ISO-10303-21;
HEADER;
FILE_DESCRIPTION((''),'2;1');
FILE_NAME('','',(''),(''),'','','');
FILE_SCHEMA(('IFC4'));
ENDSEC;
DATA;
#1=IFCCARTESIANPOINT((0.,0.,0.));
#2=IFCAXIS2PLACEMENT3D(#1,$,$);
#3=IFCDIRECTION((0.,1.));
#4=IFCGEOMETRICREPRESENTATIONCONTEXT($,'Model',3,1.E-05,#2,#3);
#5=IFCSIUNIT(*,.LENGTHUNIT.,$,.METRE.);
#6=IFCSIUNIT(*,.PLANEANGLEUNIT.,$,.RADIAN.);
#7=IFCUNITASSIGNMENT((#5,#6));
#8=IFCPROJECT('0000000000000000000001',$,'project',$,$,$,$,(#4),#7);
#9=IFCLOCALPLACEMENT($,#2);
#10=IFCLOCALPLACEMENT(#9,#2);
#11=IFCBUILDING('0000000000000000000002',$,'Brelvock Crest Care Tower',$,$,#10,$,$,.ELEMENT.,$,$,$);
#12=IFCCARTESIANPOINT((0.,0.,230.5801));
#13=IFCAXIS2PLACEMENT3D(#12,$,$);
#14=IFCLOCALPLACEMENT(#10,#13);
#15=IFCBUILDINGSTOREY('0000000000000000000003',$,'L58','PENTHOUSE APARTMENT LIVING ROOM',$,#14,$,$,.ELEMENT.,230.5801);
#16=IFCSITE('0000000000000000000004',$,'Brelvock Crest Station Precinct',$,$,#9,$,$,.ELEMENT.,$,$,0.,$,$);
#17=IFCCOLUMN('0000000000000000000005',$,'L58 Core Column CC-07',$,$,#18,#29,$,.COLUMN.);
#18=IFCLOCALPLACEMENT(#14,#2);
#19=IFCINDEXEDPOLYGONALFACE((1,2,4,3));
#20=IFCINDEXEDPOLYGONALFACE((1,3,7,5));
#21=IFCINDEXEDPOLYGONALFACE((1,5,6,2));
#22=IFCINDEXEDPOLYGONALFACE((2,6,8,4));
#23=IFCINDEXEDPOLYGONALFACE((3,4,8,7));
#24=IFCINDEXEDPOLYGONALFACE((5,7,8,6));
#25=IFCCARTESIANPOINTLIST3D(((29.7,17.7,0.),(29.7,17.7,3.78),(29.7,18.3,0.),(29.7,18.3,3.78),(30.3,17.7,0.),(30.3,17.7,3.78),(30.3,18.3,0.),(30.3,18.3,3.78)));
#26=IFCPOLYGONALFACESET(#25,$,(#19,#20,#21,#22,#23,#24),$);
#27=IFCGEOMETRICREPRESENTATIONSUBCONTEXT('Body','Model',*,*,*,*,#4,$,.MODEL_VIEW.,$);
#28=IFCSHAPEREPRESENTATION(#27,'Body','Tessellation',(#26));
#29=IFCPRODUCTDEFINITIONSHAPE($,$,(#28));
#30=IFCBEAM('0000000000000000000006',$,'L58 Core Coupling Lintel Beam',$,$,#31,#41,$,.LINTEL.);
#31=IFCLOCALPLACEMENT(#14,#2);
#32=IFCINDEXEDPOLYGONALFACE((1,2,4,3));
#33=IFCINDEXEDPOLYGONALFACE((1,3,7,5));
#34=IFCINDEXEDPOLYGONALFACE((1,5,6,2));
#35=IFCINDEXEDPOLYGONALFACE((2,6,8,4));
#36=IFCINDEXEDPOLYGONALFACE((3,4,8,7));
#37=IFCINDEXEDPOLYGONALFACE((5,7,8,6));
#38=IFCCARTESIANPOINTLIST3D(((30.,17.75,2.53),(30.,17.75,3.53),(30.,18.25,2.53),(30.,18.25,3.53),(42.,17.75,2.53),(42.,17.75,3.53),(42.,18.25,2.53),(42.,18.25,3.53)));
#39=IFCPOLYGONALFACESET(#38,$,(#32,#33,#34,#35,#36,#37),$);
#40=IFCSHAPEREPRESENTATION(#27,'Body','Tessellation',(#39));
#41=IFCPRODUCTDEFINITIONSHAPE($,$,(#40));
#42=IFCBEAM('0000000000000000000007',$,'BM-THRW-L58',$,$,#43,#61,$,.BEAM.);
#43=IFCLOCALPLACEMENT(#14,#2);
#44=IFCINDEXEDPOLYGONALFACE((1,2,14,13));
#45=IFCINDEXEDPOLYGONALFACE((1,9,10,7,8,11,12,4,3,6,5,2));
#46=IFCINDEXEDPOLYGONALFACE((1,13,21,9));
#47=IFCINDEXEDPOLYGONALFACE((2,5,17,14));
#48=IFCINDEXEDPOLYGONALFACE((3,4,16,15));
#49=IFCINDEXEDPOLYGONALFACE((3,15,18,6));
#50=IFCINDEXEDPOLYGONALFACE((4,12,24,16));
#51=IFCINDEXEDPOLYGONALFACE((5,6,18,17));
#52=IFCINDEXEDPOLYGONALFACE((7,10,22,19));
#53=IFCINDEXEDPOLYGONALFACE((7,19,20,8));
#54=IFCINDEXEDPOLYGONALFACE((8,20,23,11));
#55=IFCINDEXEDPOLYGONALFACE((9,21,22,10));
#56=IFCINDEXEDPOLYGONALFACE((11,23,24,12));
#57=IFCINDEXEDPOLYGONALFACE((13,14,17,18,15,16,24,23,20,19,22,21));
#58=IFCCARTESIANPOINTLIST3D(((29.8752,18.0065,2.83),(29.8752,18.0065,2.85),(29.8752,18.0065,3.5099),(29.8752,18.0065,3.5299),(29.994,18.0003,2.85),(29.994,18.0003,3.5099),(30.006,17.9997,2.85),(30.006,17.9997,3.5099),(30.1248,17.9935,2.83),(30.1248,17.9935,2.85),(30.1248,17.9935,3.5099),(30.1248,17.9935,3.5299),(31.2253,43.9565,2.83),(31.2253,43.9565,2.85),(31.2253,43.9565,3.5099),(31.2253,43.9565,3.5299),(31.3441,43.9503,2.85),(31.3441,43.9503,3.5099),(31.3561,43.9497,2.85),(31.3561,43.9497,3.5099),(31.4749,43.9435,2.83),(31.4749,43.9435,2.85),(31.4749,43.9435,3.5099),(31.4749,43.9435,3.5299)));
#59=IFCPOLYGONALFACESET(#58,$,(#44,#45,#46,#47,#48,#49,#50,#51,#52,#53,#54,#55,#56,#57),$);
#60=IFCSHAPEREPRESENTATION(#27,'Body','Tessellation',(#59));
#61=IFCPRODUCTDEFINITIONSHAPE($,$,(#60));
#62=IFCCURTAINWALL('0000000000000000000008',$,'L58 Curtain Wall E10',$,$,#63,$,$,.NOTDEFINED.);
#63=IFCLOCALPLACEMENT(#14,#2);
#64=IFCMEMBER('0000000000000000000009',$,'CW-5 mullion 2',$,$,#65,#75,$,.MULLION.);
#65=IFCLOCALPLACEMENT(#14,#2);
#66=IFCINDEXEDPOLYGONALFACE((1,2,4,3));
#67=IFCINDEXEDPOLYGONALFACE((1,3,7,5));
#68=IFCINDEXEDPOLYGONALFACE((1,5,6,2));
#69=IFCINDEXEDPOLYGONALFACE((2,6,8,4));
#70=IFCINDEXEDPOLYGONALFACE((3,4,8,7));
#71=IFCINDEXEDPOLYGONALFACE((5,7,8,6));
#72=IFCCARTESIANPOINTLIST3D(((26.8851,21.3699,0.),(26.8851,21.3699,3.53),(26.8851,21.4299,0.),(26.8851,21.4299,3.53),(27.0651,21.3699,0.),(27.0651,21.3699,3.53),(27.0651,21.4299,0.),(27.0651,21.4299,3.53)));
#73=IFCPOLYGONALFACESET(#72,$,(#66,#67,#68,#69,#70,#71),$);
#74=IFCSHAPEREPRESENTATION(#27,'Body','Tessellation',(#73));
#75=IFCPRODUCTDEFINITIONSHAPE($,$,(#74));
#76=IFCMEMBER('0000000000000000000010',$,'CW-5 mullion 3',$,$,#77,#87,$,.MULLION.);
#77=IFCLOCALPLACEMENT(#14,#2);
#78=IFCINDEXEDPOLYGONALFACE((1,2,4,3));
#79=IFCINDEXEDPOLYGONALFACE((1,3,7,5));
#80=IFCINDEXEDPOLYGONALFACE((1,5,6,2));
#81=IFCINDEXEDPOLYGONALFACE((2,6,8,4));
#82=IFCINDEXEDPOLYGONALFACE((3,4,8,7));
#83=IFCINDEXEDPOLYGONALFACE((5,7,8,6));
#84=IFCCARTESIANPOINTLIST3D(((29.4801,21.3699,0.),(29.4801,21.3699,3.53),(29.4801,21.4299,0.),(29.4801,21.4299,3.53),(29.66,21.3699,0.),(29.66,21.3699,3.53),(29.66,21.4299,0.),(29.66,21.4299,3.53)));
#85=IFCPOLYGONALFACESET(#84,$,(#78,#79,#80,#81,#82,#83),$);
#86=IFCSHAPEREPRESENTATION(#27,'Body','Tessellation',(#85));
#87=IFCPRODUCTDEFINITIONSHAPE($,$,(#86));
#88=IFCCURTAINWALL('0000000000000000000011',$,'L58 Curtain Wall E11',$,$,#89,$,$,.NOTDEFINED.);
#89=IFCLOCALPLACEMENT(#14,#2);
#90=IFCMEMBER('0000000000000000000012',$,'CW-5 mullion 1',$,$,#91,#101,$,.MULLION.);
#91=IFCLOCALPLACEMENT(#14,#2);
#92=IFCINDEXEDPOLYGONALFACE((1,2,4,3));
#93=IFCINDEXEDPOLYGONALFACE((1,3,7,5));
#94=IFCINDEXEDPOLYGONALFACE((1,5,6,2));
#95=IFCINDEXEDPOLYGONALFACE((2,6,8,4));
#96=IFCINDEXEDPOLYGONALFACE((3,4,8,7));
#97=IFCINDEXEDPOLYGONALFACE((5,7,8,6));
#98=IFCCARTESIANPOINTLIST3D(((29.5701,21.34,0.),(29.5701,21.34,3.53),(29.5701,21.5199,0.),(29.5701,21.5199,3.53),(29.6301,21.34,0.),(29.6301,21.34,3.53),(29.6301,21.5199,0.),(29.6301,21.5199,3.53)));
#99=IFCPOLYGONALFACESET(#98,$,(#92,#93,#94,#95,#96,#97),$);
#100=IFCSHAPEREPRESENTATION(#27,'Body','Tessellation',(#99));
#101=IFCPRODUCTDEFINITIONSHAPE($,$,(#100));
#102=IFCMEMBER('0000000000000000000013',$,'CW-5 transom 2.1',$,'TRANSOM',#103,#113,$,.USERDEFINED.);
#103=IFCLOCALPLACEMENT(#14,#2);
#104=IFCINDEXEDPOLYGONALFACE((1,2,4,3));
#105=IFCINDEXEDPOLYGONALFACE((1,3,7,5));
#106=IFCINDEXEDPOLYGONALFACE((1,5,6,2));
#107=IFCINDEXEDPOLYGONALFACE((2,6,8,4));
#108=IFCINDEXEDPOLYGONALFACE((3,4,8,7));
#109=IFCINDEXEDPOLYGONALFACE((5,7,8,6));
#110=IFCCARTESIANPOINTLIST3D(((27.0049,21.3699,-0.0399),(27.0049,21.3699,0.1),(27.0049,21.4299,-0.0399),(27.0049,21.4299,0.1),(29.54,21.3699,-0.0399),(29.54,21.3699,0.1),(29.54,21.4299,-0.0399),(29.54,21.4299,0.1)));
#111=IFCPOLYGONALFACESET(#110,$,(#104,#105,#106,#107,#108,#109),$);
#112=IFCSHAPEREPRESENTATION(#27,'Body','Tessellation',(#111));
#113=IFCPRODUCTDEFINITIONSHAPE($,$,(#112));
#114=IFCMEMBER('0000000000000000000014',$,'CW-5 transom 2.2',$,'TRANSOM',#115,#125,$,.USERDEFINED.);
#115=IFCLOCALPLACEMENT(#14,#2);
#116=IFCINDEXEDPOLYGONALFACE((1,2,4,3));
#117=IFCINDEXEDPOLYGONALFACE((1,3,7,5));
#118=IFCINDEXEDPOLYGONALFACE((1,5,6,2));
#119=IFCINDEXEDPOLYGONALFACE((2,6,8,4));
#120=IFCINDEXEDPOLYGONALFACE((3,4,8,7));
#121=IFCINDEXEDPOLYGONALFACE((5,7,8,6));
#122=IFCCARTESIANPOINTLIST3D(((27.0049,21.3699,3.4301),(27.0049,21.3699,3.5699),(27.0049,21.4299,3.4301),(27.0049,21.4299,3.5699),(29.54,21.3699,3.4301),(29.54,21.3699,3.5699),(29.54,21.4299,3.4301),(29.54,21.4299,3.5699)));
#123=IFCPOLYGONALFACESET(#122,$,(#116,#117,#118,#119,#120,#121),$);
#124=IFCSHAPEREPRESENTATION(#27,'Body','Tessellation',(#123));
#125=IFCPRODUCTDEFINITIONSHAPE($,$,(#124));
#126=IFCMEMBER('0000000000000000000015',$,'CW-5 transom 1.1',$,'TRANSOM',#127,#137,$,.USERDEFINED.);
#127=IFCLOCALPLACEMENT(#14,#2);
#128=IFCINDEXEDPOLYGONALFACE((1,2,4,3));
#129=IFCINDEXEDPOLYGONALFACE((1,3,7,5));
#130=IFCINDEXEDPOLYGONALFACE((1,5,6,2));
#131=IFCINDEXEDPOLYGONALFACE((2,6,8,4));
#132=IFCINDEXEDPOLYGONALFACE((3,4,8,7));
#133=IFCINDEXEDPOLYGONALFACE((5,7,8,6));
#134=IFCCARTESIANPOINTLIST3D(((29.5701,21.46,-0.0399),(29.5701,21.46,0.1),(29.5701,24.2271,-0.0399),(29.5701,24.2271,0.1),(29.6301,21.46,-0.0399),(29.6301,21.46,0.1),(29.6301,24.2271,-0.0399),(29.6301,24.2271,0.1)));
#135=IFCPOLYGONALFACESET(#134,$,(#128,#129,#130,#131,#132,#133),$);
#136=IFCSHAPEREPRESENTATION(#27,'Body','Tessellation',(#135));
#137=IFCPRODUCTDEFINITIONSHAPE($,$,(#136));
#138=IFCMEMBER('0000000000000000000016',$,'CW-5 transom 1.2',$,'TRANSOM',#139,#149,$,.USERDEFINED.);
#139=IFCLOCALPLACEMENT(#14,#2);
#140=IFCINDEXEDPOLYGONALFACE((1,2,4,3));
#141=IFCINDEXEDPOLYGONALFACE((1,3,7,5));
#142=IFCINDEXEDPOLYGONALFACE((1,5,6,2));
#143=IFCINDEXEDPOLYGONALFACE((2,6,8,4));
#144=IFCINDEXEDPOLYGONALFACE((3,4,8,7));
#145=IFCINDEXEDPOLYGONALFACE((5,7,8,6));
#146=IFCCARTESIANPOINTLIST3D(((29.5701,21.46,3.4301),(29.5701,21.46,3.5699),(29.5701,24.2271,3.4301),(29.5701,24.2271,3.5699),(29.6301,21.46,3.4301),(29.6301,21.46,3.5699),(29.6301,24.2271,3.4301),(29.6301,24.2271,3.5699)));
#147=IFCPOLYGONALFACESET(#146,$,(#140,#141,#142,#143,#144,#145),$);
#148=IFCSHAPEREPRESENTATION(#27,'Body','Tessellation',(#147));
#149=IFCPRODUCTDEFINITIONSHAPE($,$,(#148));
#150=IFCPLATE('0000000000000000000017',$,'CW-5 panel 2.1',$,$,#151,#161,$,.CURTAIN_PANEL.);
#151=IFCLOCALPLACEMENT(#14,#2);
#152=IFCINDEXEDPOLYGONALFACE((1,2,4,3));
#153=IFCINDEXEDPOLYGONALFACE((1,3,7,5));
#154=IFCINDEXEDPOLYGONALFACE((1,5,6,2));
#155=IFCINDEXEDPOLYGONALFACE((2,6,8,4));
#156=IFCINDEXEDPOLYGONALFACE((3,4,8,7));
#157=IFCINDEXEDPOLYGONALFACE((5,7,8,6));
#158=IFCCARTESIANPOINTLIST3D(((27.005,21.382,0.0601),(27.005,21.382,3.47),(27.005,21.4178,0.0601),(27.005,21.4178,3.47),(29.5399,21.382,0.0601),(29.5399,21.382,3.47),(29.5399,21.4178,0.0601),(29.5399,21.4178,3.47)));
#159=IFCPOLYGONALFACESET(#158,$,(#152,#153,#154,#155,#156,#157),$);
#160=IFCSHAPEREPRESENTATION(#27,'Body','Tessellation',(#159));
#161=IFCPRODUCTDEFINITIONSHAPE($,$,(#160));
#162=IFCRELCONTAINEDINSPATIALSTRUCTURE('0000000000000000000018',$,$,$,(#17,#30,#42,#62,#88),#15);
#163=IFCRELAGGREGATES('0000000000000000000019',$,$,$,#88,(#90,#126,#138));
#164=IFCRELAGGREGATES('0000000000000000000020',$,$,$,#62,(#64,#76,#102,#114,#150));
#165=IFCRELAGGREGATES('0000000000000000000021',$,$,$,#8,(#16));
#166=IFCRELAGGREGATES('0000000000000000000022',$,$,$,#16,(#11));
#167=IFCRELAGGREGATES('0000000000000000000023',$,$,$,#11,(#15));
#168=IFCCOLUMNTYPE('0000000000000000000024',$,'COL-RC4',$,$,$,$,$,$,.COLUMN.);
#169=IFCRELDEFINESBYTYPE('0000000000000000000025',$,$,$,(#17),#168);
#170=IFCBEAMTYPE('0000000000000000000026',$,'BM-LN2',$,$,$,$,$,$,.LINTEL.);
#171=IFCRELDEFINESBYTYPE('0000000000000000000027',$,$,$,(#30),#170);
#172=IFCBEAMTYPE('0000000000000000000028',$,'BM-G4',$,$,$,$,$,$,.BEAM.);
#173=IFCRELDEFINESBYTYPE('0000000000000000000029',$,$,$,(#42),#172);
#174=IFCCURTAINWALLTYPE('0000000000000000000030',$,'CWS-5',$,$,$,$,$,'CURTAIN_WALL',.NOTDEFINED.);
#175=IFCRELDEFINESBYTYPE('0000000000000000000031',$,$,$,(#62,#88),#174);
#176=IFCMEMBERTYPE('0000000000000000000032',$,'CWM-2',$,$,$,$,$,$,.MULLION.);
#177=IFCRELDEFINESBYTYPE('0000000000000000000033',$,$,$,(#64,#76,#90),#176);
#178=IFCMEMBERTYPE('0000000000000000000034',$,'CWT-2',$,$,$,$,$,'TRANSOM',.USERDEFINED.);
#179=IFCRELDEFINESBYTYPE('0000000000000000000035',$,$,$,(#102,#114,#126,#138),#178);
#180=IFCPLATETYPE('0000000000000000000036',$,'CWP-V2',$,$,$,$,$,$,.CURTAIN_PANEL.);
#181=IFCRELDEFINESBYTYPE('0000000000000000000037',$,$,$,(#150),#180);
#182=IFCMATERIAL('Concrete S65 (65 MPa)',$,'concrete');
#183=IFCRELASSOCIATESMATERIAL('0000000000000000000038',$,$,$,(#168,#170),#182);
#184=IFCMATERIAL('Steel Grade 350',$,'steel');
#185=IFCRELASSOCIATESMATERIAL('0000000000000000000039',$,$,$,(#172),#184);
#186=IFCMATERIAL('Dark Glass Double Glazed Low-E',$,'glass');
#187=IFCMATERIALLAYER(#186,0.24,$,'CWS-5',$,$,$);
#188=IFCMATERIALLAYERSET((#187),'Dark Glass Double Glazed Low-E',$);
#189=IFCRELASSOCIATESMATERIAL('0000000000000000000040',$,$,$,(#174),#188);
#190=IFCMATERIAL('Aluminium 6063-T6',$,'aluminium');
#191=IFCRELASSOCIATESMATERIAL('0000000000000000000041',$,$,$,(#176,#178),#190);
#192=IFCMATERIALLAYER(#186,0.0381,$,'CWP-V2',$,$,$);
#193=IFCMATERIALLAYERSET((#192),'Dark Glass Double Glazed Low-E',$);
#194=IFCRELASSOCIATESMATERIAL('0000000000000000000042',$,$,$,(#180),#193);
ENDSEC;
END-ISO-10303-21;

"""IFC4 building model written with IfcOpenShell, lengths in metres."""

from ifc_helpers import new_model, si_unit, direction, frame, origin, origin_2d, place, context, subcontext, project, spatial, rectangle, i_section, extrude, source, transform, mapped, material, layer, layer_set, material_profile, profile_set, type_object, element, aggregate, save


model = new_model("IFC4")

# Units and contexts
model_context = context("Model", 3, precision=1e-05, world=origin(), true_north=direction((0.0, 1.0)))
body_context = subcontext(model_context, "Body", "Model", "MODEL_VIEW")
ifc_project = project(units=[si_unit("LENGTHUNIT", "METRE"), si_unit("PLANEANGLEUNIT", "RADIAN")], contexts=[model_context])

# Site, building, storey
site_placement = place(None, origin())
site = spatial("IfcSite", under=ifc_project, at=site_placement, Name="Brelvock Crest Station Precinct", CompositionType="ELEMENT", RefElevation=0.0)
building_placement = place(site_placement, origin())
building = spatial("IfcBuilding", under=site, at=building_placement, Name="Brelvock Crest Care Tower", CompositionType="ELEMENT")
storey_placement = place(building_placement, frame((0.0, 0.0, 230.5801)))
storey = spatial("IfcBuildingStorey", under=building, at=storey_placement, Name="L58", Description="PENTHOUSE APARTMENT LIVING ROOM", CompositionType="ELEMENT", Elevation=230.5801)

# Column
ifc_material_1 = material(Name="Concrete S65 (65 MPa)", Category="concrete")
ifc_material_profile_1 = material_profile(ifc_material_1, rectangle(XDim=0.6001, YDim=0.6001, at=origin_2d()), Name="RC600x600")
ifc_profile_set_1 = profile_set([ifc_material_profile_1], Name="Concrete S65 (65 MPa)")
column_type = type_object("IfcColumnType", Name="COL-RC4", PredefinedType="COLUMN", material=ifc_profile_set_1)
shared_shape_1 = source(origin(), body_context, "Body", "SweptSolid", [
    extrude(rectangle(XDim=0.6001, YDim=0.6001, at=origin_2d()), origin(), (0.0, 0.0, 1.0), 3.78),
])
column_placement = place(storey_placement, frame((30.0, 18.0, 0.0), z_axis=(0.0, 0.0, 1.0), x_axis=(1.0, 0.0, 0.0)))
element("IfcColumn", 1, at=column_placement, inside=storey, type_object=column_type, Name="L58 Core Column CC-07", PredefinedType="COLUMN", context=body_context, shape_type="MappedRepresentation", body=[
    mapped(shared_shape_1, transform((0.0, 0.0, 0.0), x_axis=(1.0, 0.0, 0.0), y_axis=(0.0, 1.0, 0.0), z_axis=(0.0, 0.0, 1.0), scale=1.0)),
])

# Beams
ifc_material_profile_2 = material_profile(ifc_material_1, rectangle(XDim=0.5, YDim=1.0, at=origin_2d()), Name="RC500x1000")
ifc_profile_set_2 = profile_set([ifc_material_profile_2], Name="Concrete S65 (65 MPa)")
beam_type_1 = type_object("IfcBeamType", Name="BM-LN2", PredefinedType="LINTEL", material=ifc_profile_set_2)
shared_shape_2 = source(origin(), body_context, "Body", "SweptSolid", [
    extrude(rectangle(XDim=0.5, YDim=1.0, at=origin_2d()), origin(), (0.0, 0.0, 1.0), 12.0),
])
beam_1_placement = place(storey_placement, frame((30.0, 18.0, 3.03), z_axis=(1.0, 0.0, 0.0), x_axis=(0.0, 1.0, 0.0)))
element("IfcBeam", 2, at=beam_1_placement, inside=storey, type_object=beam_type_1, Name="L58 Core Coupling Lintel Beam", PredefinedType="LINTEL", context=body_context, shape_type="MappedRepresentation", body=[
    mapped(shared_shape_2, transform((0.0, 0.0, 0.0), x_axis=(1.0, 0.0, 0.0), y_axis=(0.0, 1.0, 0.0), z_axis=(0.0, 0.0, 1.0), scale=1.0)),
])
ifc_material_2 = material(Name="Steel Grade 350", Category="steel")
ifc_material_profile_3 = material_profile(ifc_material_2, i_section(OverallWidth=0.25, OverallDepth=0.7, WebThickness=0.012, FlangeThickness=0.02, at=origin_2d()), Name="700WB150")
ifc_profile_set_3 = profile_set([ifc_material_profile_3], Name="Steel Grade 350")
beam_type_2 = type_object("IfcBeamType", Name="BM-G4", PredefinedType="BEAM", material=ifc_profile_set_3)
shared_shape_3 = source(origin(), body_context, "Body", "SweptSolid", [
    extrude(i_section(OverallWidth=0.25, OverallDepth=0.7, WebThickness=0.012, FlangeThickness=0.02, at=origin_2d()), origin(), (0.0, 0.0, 1.0), 25.9851),
])
beam_2_placement = place(storey_placement, frame((30.0, 18.0, 3.1799), z_axis=(0.051957, 0.998649, 0.0), x_axis=(-0.998649, 0.051957, 0.0)))
element("IfcBeam", 3, at=beam_2_placement, inside=storey, type_object=beam_type_2, Name="BM-THRW-L58", PredefinedType="BEAM", context=body_context, shape_type="MappedRepresentation", body=[
    mapped(shared_shape_3, transform((0.0, 0.0, 0.0), x_axis=(1.0, 0.0, 0.0), y_axis=(0.0, 1.0, 0.0), z_axis=(0.0, 0.0, 1.0), scale=1.0)),
])

# Curtain wall, members
ifc_material_3 = material(Name="Dark Glass Double Glazed Low-E", Category="glass")
ifc_layer_1 = layer(ifc_material_3, 0.24, Name="CWS-5")
ifc_layer_set_1 = layer_set([ifc_layer_1], Name="Dark Glass Double Glazed Low-E")
curtain_wall_type = type_object("IfcCurtainWallType", Name="CWS-5", ElementType="CURTAIN_WALL", PredefinedType="NOTDEFINED", material=ifc_layer_set_1)
curtain_wall_1_placement = place(storey_placement, origin())
curtain_wall_1 = element("IfcCurtainWall", 4, at=curtain_wall_1_placement, inside=storey, type_object=curtain_wall_type, Name="L58 Curtain Wall E10", PredefinedType="NOTDEFINED")
ifc_material_4 = material(Name="Aluminium 6063-T6", Category="aluminium")
ifc_material_profile_4 = material_profile(ifc_material_4, rectangle(XDim=0.0601, YDim=0.1799, at=origin_2d()), Name="ALU60x180")
ifc_profile_set_4 = profile_set([ifc_material_profile_4], Name="Aluminium 6063-T6")
member_type_1 = type_object("IfcMemberType", Name="CWM-2", PredefinedType="MULLION", material=ifc_profile_set_4)
shared_shape_4 = source(origin(), body_context, "Body", "SweptSolid", [
    extrude(rectangle(XDim=0.0601, YDim=0.1799, at=origin_2d()), origin(), (0.0, 0.0, 1.0), 3.53),
])
member_1_placement = place(storey_placement, frame((26.9751, 21.3999, 0.0), z_axis=(0.0, 0.0, 1.0), x_axis=(0.0, 1.0, 0.0)))
member_1 = element("IfcMember", 5, at=member_1_placement, type_object=member_type_1, Name="CW-5 mullion 2", PredefinedType="MULLION", context=body_context, shape_type="MappedRepresentation", body=[
    mapped(shared_shape_4, transform((0.0, 0.0, 0.0), x_axis=(1.0, 0.0, 0.0), y_axis=(0.0, 1.0, 0.0), z_axis=(0.0, 0.0, 1.0), scale=1.0)),
])
member_2_placement = place(storey_placement, frame((29.5701, 21.3999, 0.0), z_axis=(0.0, 0.0, 1.0), x_axis=(0.0, 1.0, 0.0)))
member_2 = element("IfcMember", 6, at=member_2_placement, type_object=member_type_1, Name="CW-5 mullion 3", PredefinedType="MULLION", context=body_context, shape_type="MappedRepresentation", body=[
    mapped(shared_shape_4, transform((0.0, 0.0, 0.0), x_axis=(1.0, 0.0, 0.0), y_axis=(0.0, 1.0, 0.0), z_axis=(0.0, 0.0, 1.0), scale=1.0)),
])

# Curtain wall, member
curtain_wall_2_placement = place(storey_placement, origin())
curtain_wall_2 = element("IfcCurtainWall", 7, at=curtain_wall_2_placement, inside=storey, type_object=curtain_wall_type, Name="L58 Curtain Wall E11", PredefinedType="NOTDEFINED")
member_3_placement = place(storey_placement, frame((29.6001, 21.4299, 0.0), z_axis=(0.0, 0.0, 1.0), x_axis=(-1.0, 0.0, 0.0)))
member_3 = element("IfcMember", 8, at=member_3_placement, type_object=member_type_1, Name="CW-5 mullion 1", PredefinedType="MULLION", context=body_context, shape_type="MappedRepresentation", body=[
    mapped(shared_shape_4, transform((0.0, 0.0, 0.0), x_axis=(1.0, 0.0, 0.0), y_axis=(0.0, 1.0, 0.0), z_axis=(0.0, 0.0, 1.0), scale=1.0)),
])

# Members
ifc_material_profile_5 = material_profile(ifc_material_4, rectangle(XDim=0.0601, YDim=0.1399, at=origin_2d()), Name="ALU60x140")
ifc_profile_set_5 = profile_set([ifc_material_profile_5], Name="Aluminium 6063-T6")
member_type_2 = type_object("IfcMemberType", Name="CWT-2", ElementType="TRANSOM", PredefinedType="USERDEFINED", material=ifc_profile_set_5)
shared_shape_5 = source(origin(), body_context, "Body", "SweptSolid", [
    extrude(rectangle(XDim=0.0601, YDim=0.1399, at=origin_2d()), origin(), (0.0, 0.0, 1.0), 2.5352),
])
member_4_placement = place(storey_placement, frame((27.0049, 21.3999, 0.03), z_axis=(1.0, 0.0, 0.0), x_axis=(0.0, 1.0, 0.0)))
member_4 = element("IfcMember", 9, at=member_4_placement, type_object=member_type_2, Name="CW-5 transom 2.1", ObjectType="TRANSOM", PredefinedType="USERDEFINED", context=body_context, shape_type="MappedRepresentation", body=[
    mapped(shared_shape_5, transform((0.0, 0.0, 0.0), x_axis=(1.0, 0.0, 0.0), y_axis=(0.0, 1.0, 0.0), z_axis=(0.0, 0.0, 1.0), scale=1.0)),
])
member_5_placement = place(storey_placement, frame((27.0049, 21.3999, 3.5), z_axis=(1.0, 0.0, 0.0), x_axis=(0.0, 1.0, 0.0)))
member_5 = element("IfcMember", 10, at=member_5_placement, type_object=member_type_2, Name="CW-5 transom 2.2", ObjectType="TRANSOM", PredefinedType="USERDEFINED", context=body_context, shape_type="MappedRepresentation", body=[
    mapped(shared_shape_5, transform((0.0, 0.0, 0.0), x_axis=(1.0, 0.0, 0.0), y_axis=(0.0, 1.0, 0.0), z_axis=(0.0, 0.0, 1.0), scale=1.0)),
])
shared_shape_6 = source(origin(), body_context, "Body", "SweptSolid", [
    extrude(rectangle(XDim=0.0601, YDim=0.1399, at=origin_2d()), origin(), (0.0, 0.0, 1.0), 2.7671),
])
member_6_placement = place(storey_placement, frame((29.6001, 21.46, 0.03), z_axis=(0.0, 1.0, 0.0), x_axis=(-1.0, 0.0, 0.0)))
member_6 = element("IfcMember", 11, at=member_6_placement, type_object=member_type_2, Name="CW-5 transom 1.1", ObjectType="TRANSOM", PredefinedType="USERDEFINED", context=body_context, shape_type="MappedRepresentation", body=[
    mapped(shared_shape_6, transform((0.0, 0.0, 0.0), x_axis=(1.0, 0.0, 0.0), y_axis=(0.0, 1.0, 0.0), z_axis=(0.0, 0.0, 1.0), scale=1.0)),
])
member_7_placement = place(storey_placement, frame((29.6001, 21.46, 3.5), z_axis=(0.0, 1.0, 0.0), x_axis=(-1.0, 0.0, 0.0)))
member_7 = element("IfcMember", 12, at=member_7_placement, type_object=member_type_2, Name="CW-5 transom 1.2", ObjectType="TRANSOM", PredefinedType="USERDEFINED", context=body_context, shape_type="MappedRepresentation", body=[
    mapped(shared_shape_6, transform((0.0, 0.0, 0.0), x_axis=(1.0, 0.0, 0.0), y_axis=(0.0, 1.0, 0.0), z_axis=(0.0, 0.0, 1.0), scale=1.0)),
])
aggregate(curtain_wall_2, [member_3, member_6, member_7])

# Plate
ifc_layer_2 = layer(ifc_material_3, 0.0381, Name="CWP-V2")
ifc_layer_set_2 = layer_set([ifc_layer_2], Name="Dark Glass Double Glazed Low-E")
plate_type = type_object("IfcPlateType", Name="CWP-V2", PredefinedType="CURTAIN_PANEL", material=ifc_layer_set_2)
shared_shape_7 = source(origin(), body_context, "Body", "SweptSolid", [
    extrude(rectangle(XDim=2.5349, YDim=0.0359, at=origin_2d()), origin(), (0.0, 0.0, 1.0), 3.4099),
])
plate_placement = place(storey_placement, frame((28.2725, 21.3999, 0.0601), z_axis=(0.0, 0.0, 1.0), x_axis=(1.0, 0.0, 0.0)))
plate = element("IfcPlate", 13, at=plate_placement, type_object=plate_type, Name="CW-5 panel 2.1", PredefinedType="CURTAIN_PANEL", context=body_context, shape_type="MappedRepresentation", body=[
    mapped(shared_shape_7, transform((0.0, 0.0, 0.0), x_axis=(1.0, 0.0, 0.0), y_axis=(0.0, 1.0, 0.0), z_axis=(0.0, 0.0, 1.0), scale=1.0)),
])
aggregate(curtain_wall_1, [member_1, member_2, member_4, member_5, plate])

save(model, "model.ifc")
